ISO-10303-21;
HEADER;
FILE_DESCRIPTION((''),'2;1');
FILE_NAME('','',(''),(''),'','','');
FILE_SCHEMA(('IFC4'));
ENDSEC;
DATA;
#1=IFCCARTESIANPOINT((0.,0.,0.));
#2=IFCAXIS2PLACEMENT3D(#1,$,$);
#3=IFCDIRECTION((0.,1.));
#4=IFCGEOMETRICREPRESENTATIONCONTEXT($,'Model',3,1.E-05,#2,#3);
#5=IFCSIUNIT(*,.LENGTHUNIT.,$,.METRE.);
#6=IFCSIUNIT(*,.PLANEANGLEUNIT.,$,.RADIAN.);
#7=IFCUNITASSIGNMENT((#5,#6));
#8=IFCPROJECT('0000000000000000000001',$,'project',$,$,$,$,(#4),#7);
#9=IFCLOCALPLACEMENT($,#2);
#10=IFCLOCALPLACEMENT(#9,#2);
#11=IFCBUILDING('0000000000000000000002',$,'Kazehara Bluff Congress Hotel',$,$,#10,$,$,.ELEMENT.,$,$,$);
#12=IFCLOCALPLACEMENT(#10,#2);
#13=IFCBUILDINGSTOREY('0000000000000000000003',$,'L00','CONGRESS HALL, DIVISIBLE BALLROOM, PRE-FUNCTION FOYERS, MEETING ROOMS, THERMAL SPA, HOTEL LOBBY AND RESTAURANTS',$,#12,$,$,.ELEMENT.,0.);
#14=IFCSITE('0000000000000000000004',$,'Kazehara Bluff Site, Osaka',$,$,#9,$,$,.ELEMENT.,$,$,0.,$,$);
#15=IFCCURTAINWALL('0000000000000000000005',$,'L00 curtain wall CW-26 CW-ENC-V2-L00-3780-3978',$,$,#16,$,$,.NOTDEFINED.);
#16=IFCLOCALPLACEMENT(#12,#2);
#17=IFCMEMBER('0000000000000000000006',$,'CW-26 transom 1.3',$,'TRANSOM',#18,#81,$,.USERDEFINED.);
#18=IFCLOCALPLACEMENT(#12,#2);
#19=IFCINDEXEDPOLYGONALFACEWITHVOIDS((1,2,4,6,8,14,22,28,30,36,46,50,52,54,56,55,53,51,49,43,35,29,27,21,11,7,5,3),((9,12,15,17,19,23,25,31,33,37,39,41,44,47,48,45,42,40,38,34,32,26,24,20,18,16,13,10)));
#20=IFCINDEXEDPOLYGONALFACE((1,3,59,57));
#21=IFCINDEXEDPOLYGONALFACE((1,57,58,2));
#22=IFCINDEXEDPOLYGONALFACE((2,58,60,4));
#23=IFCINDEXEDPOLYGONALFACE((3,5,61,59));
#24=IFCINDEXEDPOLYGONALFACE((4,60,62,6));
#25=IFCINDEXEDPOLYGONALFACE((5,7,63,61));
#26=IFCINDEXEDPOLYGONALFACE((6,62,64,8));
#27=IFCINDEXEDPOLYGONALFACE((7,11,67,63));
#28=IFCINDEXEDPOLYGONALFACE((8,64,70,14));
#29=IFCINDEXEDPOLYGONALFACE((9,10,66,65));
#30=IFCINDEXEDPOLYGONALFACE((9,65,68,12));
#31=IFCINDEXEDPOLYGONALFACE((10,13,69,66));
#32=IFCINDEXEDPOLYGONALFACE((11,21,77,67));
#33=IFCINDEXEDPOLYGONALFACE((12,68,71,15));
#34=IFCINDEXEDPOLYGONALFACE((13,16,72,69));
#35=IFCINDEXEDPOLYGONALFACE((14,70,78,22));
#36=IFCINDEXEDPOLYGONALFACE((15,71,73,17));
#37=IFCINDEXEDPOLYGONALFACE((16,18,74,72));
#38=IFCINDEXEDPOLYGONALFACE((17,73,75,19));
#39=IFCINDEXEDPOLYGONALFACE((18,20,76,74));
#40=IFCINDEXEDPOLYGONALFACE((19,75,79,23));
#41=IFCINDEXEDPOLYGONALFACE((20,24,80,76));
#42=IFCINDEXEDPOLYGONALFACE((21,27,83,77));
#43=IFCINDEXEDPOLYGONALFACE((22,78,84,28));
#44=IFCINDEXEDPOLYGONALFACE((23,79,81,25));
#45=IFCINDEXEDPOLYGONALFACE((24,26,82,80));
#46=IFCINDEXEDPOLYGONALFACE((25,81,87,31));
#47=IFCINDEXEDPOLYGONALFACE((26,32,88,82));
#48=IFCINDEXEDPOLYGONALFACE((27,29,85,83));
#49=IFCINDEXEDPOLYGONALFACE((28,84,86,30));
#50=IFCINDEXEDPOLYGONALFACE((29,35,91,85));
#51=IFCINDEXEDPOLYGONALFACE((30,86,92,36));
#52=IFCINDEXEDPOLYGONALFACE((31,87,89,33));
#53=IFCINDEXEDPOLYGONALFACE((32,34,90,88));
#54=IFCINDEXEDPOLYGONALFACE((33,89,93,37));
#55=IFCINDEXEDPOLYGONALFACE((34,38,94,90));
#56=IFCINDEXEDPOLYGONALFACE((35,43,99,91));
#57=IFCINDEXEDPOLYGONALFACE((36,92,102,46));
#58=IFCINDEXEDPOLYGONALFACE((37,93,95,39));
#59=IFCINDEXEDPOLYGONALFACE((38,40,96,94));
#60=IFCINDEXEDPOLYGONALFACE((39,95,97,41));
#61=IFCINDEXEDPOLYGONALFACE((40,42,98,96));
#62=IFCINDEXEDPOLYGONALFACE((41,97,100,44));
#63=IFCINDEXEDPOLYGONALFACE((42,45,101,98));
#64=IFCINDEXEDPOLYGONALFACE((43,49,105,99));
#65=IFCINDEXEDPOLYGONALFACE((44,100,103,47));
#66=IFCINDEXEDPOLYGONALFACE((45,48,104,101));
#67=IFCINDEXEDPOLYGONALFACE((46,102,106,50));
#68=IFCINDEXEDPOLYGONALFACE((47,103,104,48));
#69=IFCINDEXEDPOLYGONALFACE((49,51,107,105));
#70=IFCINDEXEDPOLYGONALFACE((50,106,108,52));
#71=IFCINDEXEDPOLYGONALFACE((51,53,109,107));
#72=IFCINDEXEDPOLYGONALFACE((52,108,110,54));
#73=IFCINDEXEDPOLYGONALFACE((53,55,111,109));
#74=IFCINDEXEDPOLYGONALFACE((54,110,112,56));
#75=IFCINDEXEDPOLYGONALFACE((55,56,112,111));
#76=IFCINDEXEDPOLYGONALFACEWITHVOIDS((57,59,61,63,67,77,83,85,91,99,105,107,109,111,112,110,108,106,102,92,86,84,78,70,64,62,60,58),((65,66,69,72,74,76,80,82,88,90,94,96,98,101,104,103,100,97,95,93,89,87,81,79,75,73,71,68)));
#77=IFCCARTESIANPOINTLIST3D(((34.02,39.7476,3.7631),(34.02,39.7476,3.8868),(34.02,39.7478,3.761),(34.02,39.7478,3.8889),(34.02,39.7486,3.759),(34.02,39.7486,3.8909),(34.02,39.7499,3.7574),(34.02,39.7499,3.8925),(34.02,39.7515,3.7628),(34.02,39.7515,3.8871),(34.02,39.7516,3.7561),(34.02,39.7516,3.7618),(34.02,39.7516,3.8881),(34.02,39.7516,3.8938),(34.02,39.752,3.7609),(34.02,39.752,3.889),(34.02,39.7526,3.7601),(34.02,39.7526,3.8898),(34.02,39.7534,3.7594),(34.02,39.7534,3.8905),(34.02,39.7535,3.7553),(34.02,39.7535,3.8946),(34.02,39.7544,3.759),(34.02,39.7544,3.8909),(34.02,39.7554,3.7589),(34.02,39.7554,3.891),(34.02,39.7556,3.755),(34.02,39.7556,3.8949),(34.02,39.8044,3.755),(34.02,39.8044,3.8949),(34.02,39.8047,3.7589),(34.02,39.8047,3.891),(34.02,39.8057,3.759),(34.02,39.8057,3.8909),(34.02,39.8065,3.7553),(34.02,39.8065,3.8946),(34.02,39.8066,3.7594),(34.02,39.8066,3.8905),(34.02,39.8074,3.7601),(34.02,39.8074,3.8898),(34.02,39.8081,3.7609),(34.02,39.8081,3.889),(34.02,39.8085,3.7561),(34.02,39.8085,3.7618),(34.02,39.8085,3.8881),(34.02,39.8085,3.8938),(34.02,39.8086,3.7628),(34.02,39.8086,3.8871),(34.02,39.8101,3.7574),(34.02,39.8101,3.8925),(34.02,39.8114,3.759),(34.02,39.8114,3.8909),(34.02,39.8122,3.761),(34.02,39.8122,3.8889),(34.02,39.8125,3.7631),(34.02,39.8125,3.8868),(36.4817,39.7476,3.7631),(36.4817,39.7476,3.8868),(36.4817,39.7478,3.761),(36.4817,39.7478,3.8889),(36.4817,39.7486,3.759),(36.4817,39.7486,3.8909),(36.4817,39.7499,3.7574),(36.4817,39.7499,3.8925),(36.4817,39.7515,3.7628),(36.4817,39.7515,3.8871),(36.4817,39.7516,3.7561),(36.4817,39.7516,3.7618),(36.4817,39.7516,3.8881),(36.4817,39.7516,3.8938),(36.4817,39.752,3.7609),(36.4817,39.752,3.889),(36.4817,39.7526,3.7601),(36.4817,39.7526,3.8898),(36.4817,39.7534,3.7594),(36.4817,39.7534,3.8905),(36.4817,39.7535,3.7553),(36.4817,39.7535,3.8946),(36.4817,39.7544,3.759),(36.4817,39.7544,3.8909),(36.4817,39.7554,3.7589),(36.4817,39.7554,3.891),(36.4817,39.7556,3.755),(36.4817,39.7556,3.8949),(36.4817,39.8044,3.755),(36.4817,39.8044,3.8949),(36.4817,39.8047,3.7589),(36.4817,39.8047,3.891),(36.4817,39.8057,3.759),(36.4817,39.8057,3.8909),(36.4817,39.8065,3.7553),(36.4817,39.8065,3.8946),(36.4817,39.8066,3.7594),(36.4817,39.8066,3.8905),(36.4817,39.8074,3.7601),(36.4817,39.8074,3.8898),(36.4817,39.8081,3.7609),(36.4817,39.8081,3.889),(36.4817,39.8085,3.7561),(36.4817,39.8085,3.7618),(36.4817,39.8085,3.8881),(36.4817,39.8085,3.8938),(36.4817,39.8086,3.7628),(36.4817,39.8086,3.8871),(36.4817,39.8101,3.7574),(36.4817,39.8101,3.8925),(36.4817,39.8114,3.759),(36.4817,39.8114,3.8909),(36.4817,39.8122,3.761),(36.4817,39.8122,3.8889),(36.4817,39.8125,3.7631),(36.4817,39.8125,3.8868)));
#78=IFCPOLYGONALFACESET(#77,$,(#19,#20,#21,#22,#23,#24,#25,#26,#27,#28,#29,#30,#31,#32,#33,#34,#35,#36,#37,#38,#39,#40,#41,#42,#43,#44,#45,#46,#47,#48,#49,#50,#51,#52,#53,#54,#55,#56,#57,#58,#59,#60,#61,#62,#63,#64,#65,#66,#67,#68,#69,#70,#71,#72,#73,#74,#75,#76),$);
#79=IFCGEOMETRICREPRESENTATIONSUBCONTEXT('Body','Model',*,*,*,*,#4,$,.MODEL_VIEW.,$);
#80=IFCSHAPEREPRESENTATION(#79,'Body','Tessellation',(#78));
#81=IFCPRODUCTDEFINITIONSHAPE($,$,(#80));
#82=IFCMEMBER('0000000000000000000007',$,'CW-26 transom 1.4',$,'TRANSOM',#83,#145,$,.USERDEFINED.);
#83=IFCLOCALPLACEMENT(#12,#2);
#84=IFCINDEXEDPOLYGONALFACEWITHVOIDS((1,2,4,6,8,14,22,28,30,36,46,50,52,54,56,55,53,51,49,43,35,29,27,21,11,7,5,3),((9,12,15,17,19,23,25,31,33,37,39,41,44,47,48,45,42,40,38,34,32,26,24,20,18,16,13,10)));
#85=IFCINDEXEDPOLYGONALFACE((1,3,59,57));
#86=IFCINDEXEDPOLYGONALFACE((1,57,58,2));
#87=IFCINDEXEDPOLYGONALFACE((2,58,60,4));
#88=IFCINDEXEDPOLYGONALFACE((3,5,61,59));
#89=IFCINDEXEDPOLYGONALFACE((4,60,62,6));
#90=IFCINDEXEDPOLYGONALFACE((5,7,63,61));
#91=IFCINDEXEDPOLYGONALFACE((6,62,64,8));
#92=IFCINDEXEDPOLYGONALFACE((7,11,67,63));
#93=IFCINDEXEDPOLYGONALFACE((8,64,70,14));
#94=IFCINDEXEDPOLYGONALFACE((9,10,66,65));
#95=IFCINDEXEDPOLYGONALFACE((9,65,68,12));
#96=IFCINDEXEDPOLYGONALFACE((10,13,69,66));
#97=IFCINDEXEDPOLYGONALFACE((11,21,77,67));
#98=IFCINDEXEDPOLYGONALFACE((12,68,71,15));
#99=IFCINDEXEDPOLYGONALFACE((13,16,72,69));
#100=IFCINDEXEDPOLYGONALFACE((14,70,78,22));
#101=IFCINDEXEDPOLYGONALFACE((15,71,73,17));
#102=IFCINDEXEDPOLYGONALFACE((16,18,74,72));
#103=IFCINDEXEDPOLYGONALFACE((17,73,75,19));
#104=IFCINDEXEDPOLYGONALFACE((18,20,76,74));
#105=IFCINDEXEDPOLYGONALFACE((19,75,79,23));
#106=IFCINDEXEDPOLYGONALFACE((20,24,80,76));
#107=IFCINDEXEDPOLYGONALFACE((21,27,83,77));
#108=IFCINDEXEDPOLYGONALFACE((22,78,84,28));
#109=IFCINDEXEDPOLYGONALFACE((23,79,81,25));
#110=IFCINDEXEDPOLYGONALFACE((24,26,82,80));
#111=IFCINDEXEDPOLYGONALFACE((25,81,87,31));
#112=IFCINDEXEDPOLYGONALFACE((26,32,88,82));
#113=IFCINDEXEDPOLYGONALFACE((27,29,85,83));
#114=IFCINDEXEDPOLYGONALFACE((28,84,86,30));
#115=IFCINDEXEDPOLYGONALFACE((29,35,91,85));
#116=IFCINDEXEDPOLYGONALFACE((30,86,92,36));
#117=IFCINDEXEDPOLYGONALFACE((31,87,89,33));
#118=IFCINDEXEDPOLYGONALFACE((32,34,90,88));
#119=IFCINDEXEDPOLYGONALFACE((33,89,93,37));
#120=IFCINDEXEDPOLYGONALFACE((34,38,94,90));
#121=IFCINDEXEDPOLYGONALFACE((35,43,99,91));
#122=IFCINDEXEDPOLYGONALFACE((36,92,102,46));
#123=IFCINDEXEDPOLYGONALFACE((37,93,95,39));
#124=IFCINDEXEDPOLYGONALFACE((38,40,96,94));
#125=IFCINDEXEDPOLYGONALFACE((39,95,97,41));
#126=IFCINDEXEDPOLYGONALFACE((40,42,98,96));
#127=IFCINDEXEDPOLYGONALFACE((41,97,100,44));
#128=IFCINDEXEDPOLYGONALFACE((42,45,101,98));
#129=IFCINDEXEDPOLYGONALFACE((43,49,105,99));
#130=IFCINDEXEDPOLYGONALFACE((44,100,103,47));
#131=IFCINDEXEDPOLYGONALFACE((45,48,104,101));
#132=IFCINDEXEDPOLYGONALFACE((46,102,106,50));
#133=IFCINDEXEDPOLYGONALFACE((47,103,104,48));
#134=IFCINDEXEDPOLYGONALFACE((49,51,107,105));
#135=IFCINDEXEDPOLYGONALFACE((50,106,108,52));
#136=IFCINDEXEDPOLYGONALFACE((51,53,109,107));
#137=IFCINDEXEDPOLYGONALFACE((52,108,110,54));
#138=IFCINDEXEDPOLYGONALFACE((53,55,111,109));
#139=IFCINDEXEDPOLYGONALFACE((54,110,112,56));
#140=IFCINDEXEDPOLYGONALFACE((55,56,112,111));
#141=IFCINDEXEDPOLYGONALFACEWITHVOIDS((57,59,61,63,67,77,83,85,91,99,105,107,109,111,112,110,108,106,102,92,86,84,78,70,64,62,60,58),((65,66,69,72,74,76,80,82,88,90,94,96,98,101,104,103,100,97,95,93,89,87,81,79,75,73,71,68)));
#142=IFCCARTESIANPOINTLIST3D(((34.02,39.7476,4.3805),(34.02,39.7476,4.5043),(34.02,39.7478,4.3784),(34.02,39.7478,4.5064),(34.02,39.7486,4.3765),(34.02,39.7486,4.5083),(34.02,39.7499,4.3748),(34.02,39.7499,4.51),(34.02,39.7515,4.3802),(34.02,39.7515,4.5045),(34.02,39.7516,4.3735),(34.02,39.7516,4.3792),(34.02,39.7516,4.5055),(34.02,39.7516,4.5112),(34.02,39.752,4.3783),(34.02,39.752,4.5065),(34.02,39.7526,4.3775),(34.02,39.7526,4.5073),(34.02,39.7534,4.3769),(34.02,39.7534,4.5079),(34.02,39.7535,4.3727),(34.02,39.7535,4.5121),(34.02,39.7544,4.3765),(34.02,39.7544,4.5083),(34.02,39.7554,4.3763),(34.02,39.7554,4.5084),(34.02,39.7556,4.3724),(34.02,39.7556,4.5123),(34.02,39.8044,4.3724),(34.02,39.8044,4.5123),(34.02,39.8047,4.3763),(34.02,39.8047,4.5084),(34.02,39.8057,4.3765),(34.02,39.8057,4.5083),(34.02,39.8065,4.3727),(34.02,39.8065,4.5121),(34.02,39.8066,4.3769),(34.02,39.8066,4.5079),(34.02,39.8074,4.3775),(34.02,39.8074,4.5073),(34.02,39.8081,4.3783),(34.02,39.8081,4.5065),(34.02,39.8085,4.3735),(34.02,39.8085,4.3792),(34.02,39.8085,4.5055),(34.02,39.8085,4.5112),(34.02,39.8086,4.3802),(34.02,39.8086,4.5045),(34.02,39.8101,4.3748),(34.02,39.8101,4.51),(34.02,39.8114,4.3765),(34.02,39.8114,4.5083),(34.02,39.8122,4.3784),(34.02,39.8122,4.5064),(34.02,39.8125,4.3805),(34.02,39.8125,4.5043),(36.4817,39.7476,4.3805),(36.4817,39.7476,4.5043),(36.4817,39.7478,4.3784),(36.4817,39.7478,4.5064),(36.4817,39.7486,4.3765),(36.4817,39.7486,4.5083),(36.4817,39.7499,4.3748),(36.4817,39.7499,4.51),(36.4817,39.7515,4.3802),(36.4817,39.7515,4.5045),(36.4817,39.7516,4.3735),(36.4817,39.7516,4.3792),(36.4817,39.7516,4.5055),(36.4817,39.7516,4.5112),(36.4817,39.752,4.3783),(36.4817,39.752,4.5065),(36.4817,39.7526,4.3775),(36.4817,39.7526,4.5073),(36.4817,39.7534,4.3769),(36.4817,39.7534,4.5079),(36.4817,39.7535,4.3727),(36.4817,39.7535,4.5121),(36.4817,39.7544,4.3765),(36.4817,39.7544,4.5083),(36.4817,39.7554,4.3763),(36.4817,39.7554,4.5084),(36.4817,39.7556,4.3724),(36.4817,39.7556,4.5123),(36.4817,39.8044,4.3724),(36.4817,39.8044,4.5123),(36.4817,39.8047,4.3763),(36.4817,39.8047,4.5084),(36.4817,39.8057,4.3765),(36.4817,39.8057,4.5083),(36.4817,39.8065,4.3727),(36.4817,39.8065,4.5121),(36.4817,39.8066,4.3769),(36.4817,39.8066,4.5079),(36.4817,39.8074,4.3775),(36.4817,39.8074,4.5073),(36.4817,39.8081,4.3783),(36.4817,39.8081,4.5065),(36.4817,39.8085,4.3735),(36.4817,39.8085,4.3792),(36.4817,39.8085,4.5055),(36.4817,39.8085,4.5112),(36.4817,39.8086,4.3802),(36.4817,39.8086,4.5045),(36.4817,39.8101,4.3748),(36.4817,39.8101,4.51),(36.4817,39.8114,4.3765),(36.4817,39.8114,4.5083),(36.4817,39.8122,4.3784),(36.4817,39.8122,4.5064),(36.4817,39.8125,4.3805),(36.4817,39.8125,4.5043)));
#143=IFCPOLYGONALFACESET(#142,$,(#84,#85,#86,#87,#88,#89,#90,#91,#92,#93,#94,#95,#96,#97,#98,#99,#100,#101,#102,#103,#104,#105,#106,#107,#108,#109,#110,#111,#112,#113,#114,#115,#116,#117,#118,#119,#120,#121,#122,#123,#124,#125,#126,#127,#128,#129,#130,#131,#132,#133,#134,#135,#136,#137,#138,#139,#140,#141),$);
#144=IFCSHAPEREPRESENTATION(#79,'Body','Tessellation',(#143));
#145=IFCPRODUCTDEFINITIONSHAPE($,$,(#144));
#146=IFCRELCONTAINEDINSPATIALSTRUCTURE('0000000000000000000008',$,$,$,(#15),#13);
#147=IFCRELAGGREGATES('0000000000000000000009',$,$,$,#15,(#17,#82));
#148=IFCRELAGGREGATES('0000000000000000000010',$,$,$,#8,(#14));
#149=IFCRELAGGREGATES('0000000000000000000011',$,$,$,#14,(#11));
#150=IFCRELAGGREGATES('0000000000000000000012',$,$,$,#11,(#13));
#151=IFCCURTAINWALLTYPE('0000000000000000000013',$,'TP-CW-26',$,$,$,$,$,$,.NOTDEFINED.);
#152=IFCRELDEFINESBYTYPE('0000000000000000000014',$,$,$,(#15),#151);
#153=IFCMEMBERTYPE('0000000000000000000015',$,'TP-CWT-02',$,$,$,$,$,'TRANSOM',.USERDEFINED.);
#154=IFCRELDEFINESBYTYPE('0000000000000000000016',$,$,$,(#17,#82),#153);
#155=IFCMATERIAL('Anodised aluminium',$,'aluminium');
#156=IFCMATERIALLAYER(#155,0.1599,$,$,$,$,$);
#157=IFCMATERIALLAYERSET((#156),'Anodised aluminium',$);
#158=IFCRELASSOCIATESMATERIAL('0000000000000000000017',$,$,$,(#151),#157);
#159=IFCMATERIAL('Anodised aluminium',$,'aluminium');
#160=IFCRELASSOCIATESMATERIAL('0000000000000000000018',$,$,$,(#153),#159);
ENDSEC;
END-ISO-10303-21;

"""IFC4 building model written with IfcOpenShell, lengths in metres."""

from ifc_helpers import new_model, si_unit, direction, frame, origin, origin_2d, place, context, subcontext, project, spatial, hollow_rectangle, extrude, material, layer, layer_set, material_profile, profile_set, type_object, element, aggregate, save


model = new_model("IFC4")

# Units and contexts
model_context = context("Model", 3, precision=1e-05, world=origin(), true_north=direction((0.0, 1.0)))
body_context = subcontext(model_context, "Body", "Model", "MODEL_VIEW")
ifc_project = project(units=[si_unit("LENGTHUNIT", "METRE"), si_unit("PLANEANGLEUNIT", "RADIAN")], contexts=[model_context])

# Site, building, storey
site_placement = place(None, origin())
site = spatial("IfcSite", under=ifc_project, at=site_placement, Name="Kazehara Bluff Site, Osaka", CompositionType="ELEMENT", RefElevation=0.0)
building_placement = place(site_placement, origin())
building = spatial("IfcBuilding", under=site, at=building_placement, Name="Kazehara Bluff Congress Hotel", CompositionType="ELEMENT")
storey_placement = place(building_placement, origin())
storey = spatial("IfcBuildingStorey", under=building, at=storey_placement, Name="L00", Description="CONGRESS HALL, DIVISIBLE BALLROOM, PRE-FUNCTION FOYERS, MEETING ROOMS, THERMAL SPA, HOTEL LOBBY AND RESTAURANTS", CompositionType="ELEMENT", Elevation=0.0)

# Shared definitions
ifc_material_1 = material(Name="Anodised aluminium", Category="aluminium")
ifc_layer_1 = layer(ifc_material_1, 0.1599)
ifc_layer_set_1 = layer_set([ifc_layer_1], Name="Anodised aluminium")
curtain_wall_type = type_object("IfcCurtainWallType", Name="TP-CW-26", PredefinedType="NOTDEFINED", material=ifc_layer_set_1)

# Curtain wall, members
curtain_wall_1_placement = place(storey_placement, origin())
curtain_wall_1 = element("IfcCurtainWall", 1, at=curtain_wall_1_placement, inside=storey, type_object=curtain_wall_type, Name="L00 curtain wall CW-26 CW-ENC-V2-L00-3780-3978", PredefinedType="NOTDEFINED")
ifc_material_2 = material(Name="Anodised aluminium", Category="aluminium")
ifc_material_profile_1 = material_profile(ifc_material_2, hollow_rectangle(XDim=0.0649, YDim=0.1399, WallThickness=0.0039, InnerFilletRadius=0.0039, OuterFilletRadius=0.0081, at=origin_2d()))
ifc_profile_set_1 = profile_set([ifc_material_profile_1], Name="Anodised aluminium")
member_type_1 = type_object("IfcMemberType", Name="TP-CWT-02", ElementType="TRANSOM", PredefinedType="USERDEFINED", material=ifc_profile_set_1)
member_1_placement = place(storey_placement, frame((34.02, 39.78, 3.825), z_axis=(1.0, 0.0, 0.0), x_axis=(0.0, 1.0, 0.0)))
member_1 = element("IfcMember", 2, at=member_1_placement, type_object=member_type_1, Name="CW-26 transom 1.3", ObjectType="TRANSOM", PredefinedType="USERDEFINED", context=body_context, shape_type="SweptSolid", body=[
    extrude(hollow_rectangle(XDim=0.0649, YDim=0.1399, WallThickness=0.0039, InnerFilletRadius=0.0039, OuterFilletRadius=0.0081, at=origin_2d()), origin(), (0.0, 0.0, 1.0), 2.4617),
])
member_2_placement = place(storey_placement, frame((34.02, 39.78, 4.4424), z_axis=(1.0, 0.0, 0.0), x_axis=(0.0, 1.0, 0.0)))
member_2 = element("IfcMember", 3, at=member_2_placement, type_object=member_type_1, Name="CW-26 transom 1.4", ObjectType="TRANSOM", PredefinedType="USERDEFINED", context=body_context, shape_type="SweptSolid", body=[
    extrude(hollow_rectangle(XDim=0.0649, YDim=0.1399, WallThickness=0.0039, InnerFilletRadius=0.0039, OuterFilletRadius=0.0081, at=origin_2d()), origin(), (0.0, 0.0, 1.0), 2.4617),
])

aggregate(curtain_wall_1, [member_1, member_2])

save(model, "model.ifc")
